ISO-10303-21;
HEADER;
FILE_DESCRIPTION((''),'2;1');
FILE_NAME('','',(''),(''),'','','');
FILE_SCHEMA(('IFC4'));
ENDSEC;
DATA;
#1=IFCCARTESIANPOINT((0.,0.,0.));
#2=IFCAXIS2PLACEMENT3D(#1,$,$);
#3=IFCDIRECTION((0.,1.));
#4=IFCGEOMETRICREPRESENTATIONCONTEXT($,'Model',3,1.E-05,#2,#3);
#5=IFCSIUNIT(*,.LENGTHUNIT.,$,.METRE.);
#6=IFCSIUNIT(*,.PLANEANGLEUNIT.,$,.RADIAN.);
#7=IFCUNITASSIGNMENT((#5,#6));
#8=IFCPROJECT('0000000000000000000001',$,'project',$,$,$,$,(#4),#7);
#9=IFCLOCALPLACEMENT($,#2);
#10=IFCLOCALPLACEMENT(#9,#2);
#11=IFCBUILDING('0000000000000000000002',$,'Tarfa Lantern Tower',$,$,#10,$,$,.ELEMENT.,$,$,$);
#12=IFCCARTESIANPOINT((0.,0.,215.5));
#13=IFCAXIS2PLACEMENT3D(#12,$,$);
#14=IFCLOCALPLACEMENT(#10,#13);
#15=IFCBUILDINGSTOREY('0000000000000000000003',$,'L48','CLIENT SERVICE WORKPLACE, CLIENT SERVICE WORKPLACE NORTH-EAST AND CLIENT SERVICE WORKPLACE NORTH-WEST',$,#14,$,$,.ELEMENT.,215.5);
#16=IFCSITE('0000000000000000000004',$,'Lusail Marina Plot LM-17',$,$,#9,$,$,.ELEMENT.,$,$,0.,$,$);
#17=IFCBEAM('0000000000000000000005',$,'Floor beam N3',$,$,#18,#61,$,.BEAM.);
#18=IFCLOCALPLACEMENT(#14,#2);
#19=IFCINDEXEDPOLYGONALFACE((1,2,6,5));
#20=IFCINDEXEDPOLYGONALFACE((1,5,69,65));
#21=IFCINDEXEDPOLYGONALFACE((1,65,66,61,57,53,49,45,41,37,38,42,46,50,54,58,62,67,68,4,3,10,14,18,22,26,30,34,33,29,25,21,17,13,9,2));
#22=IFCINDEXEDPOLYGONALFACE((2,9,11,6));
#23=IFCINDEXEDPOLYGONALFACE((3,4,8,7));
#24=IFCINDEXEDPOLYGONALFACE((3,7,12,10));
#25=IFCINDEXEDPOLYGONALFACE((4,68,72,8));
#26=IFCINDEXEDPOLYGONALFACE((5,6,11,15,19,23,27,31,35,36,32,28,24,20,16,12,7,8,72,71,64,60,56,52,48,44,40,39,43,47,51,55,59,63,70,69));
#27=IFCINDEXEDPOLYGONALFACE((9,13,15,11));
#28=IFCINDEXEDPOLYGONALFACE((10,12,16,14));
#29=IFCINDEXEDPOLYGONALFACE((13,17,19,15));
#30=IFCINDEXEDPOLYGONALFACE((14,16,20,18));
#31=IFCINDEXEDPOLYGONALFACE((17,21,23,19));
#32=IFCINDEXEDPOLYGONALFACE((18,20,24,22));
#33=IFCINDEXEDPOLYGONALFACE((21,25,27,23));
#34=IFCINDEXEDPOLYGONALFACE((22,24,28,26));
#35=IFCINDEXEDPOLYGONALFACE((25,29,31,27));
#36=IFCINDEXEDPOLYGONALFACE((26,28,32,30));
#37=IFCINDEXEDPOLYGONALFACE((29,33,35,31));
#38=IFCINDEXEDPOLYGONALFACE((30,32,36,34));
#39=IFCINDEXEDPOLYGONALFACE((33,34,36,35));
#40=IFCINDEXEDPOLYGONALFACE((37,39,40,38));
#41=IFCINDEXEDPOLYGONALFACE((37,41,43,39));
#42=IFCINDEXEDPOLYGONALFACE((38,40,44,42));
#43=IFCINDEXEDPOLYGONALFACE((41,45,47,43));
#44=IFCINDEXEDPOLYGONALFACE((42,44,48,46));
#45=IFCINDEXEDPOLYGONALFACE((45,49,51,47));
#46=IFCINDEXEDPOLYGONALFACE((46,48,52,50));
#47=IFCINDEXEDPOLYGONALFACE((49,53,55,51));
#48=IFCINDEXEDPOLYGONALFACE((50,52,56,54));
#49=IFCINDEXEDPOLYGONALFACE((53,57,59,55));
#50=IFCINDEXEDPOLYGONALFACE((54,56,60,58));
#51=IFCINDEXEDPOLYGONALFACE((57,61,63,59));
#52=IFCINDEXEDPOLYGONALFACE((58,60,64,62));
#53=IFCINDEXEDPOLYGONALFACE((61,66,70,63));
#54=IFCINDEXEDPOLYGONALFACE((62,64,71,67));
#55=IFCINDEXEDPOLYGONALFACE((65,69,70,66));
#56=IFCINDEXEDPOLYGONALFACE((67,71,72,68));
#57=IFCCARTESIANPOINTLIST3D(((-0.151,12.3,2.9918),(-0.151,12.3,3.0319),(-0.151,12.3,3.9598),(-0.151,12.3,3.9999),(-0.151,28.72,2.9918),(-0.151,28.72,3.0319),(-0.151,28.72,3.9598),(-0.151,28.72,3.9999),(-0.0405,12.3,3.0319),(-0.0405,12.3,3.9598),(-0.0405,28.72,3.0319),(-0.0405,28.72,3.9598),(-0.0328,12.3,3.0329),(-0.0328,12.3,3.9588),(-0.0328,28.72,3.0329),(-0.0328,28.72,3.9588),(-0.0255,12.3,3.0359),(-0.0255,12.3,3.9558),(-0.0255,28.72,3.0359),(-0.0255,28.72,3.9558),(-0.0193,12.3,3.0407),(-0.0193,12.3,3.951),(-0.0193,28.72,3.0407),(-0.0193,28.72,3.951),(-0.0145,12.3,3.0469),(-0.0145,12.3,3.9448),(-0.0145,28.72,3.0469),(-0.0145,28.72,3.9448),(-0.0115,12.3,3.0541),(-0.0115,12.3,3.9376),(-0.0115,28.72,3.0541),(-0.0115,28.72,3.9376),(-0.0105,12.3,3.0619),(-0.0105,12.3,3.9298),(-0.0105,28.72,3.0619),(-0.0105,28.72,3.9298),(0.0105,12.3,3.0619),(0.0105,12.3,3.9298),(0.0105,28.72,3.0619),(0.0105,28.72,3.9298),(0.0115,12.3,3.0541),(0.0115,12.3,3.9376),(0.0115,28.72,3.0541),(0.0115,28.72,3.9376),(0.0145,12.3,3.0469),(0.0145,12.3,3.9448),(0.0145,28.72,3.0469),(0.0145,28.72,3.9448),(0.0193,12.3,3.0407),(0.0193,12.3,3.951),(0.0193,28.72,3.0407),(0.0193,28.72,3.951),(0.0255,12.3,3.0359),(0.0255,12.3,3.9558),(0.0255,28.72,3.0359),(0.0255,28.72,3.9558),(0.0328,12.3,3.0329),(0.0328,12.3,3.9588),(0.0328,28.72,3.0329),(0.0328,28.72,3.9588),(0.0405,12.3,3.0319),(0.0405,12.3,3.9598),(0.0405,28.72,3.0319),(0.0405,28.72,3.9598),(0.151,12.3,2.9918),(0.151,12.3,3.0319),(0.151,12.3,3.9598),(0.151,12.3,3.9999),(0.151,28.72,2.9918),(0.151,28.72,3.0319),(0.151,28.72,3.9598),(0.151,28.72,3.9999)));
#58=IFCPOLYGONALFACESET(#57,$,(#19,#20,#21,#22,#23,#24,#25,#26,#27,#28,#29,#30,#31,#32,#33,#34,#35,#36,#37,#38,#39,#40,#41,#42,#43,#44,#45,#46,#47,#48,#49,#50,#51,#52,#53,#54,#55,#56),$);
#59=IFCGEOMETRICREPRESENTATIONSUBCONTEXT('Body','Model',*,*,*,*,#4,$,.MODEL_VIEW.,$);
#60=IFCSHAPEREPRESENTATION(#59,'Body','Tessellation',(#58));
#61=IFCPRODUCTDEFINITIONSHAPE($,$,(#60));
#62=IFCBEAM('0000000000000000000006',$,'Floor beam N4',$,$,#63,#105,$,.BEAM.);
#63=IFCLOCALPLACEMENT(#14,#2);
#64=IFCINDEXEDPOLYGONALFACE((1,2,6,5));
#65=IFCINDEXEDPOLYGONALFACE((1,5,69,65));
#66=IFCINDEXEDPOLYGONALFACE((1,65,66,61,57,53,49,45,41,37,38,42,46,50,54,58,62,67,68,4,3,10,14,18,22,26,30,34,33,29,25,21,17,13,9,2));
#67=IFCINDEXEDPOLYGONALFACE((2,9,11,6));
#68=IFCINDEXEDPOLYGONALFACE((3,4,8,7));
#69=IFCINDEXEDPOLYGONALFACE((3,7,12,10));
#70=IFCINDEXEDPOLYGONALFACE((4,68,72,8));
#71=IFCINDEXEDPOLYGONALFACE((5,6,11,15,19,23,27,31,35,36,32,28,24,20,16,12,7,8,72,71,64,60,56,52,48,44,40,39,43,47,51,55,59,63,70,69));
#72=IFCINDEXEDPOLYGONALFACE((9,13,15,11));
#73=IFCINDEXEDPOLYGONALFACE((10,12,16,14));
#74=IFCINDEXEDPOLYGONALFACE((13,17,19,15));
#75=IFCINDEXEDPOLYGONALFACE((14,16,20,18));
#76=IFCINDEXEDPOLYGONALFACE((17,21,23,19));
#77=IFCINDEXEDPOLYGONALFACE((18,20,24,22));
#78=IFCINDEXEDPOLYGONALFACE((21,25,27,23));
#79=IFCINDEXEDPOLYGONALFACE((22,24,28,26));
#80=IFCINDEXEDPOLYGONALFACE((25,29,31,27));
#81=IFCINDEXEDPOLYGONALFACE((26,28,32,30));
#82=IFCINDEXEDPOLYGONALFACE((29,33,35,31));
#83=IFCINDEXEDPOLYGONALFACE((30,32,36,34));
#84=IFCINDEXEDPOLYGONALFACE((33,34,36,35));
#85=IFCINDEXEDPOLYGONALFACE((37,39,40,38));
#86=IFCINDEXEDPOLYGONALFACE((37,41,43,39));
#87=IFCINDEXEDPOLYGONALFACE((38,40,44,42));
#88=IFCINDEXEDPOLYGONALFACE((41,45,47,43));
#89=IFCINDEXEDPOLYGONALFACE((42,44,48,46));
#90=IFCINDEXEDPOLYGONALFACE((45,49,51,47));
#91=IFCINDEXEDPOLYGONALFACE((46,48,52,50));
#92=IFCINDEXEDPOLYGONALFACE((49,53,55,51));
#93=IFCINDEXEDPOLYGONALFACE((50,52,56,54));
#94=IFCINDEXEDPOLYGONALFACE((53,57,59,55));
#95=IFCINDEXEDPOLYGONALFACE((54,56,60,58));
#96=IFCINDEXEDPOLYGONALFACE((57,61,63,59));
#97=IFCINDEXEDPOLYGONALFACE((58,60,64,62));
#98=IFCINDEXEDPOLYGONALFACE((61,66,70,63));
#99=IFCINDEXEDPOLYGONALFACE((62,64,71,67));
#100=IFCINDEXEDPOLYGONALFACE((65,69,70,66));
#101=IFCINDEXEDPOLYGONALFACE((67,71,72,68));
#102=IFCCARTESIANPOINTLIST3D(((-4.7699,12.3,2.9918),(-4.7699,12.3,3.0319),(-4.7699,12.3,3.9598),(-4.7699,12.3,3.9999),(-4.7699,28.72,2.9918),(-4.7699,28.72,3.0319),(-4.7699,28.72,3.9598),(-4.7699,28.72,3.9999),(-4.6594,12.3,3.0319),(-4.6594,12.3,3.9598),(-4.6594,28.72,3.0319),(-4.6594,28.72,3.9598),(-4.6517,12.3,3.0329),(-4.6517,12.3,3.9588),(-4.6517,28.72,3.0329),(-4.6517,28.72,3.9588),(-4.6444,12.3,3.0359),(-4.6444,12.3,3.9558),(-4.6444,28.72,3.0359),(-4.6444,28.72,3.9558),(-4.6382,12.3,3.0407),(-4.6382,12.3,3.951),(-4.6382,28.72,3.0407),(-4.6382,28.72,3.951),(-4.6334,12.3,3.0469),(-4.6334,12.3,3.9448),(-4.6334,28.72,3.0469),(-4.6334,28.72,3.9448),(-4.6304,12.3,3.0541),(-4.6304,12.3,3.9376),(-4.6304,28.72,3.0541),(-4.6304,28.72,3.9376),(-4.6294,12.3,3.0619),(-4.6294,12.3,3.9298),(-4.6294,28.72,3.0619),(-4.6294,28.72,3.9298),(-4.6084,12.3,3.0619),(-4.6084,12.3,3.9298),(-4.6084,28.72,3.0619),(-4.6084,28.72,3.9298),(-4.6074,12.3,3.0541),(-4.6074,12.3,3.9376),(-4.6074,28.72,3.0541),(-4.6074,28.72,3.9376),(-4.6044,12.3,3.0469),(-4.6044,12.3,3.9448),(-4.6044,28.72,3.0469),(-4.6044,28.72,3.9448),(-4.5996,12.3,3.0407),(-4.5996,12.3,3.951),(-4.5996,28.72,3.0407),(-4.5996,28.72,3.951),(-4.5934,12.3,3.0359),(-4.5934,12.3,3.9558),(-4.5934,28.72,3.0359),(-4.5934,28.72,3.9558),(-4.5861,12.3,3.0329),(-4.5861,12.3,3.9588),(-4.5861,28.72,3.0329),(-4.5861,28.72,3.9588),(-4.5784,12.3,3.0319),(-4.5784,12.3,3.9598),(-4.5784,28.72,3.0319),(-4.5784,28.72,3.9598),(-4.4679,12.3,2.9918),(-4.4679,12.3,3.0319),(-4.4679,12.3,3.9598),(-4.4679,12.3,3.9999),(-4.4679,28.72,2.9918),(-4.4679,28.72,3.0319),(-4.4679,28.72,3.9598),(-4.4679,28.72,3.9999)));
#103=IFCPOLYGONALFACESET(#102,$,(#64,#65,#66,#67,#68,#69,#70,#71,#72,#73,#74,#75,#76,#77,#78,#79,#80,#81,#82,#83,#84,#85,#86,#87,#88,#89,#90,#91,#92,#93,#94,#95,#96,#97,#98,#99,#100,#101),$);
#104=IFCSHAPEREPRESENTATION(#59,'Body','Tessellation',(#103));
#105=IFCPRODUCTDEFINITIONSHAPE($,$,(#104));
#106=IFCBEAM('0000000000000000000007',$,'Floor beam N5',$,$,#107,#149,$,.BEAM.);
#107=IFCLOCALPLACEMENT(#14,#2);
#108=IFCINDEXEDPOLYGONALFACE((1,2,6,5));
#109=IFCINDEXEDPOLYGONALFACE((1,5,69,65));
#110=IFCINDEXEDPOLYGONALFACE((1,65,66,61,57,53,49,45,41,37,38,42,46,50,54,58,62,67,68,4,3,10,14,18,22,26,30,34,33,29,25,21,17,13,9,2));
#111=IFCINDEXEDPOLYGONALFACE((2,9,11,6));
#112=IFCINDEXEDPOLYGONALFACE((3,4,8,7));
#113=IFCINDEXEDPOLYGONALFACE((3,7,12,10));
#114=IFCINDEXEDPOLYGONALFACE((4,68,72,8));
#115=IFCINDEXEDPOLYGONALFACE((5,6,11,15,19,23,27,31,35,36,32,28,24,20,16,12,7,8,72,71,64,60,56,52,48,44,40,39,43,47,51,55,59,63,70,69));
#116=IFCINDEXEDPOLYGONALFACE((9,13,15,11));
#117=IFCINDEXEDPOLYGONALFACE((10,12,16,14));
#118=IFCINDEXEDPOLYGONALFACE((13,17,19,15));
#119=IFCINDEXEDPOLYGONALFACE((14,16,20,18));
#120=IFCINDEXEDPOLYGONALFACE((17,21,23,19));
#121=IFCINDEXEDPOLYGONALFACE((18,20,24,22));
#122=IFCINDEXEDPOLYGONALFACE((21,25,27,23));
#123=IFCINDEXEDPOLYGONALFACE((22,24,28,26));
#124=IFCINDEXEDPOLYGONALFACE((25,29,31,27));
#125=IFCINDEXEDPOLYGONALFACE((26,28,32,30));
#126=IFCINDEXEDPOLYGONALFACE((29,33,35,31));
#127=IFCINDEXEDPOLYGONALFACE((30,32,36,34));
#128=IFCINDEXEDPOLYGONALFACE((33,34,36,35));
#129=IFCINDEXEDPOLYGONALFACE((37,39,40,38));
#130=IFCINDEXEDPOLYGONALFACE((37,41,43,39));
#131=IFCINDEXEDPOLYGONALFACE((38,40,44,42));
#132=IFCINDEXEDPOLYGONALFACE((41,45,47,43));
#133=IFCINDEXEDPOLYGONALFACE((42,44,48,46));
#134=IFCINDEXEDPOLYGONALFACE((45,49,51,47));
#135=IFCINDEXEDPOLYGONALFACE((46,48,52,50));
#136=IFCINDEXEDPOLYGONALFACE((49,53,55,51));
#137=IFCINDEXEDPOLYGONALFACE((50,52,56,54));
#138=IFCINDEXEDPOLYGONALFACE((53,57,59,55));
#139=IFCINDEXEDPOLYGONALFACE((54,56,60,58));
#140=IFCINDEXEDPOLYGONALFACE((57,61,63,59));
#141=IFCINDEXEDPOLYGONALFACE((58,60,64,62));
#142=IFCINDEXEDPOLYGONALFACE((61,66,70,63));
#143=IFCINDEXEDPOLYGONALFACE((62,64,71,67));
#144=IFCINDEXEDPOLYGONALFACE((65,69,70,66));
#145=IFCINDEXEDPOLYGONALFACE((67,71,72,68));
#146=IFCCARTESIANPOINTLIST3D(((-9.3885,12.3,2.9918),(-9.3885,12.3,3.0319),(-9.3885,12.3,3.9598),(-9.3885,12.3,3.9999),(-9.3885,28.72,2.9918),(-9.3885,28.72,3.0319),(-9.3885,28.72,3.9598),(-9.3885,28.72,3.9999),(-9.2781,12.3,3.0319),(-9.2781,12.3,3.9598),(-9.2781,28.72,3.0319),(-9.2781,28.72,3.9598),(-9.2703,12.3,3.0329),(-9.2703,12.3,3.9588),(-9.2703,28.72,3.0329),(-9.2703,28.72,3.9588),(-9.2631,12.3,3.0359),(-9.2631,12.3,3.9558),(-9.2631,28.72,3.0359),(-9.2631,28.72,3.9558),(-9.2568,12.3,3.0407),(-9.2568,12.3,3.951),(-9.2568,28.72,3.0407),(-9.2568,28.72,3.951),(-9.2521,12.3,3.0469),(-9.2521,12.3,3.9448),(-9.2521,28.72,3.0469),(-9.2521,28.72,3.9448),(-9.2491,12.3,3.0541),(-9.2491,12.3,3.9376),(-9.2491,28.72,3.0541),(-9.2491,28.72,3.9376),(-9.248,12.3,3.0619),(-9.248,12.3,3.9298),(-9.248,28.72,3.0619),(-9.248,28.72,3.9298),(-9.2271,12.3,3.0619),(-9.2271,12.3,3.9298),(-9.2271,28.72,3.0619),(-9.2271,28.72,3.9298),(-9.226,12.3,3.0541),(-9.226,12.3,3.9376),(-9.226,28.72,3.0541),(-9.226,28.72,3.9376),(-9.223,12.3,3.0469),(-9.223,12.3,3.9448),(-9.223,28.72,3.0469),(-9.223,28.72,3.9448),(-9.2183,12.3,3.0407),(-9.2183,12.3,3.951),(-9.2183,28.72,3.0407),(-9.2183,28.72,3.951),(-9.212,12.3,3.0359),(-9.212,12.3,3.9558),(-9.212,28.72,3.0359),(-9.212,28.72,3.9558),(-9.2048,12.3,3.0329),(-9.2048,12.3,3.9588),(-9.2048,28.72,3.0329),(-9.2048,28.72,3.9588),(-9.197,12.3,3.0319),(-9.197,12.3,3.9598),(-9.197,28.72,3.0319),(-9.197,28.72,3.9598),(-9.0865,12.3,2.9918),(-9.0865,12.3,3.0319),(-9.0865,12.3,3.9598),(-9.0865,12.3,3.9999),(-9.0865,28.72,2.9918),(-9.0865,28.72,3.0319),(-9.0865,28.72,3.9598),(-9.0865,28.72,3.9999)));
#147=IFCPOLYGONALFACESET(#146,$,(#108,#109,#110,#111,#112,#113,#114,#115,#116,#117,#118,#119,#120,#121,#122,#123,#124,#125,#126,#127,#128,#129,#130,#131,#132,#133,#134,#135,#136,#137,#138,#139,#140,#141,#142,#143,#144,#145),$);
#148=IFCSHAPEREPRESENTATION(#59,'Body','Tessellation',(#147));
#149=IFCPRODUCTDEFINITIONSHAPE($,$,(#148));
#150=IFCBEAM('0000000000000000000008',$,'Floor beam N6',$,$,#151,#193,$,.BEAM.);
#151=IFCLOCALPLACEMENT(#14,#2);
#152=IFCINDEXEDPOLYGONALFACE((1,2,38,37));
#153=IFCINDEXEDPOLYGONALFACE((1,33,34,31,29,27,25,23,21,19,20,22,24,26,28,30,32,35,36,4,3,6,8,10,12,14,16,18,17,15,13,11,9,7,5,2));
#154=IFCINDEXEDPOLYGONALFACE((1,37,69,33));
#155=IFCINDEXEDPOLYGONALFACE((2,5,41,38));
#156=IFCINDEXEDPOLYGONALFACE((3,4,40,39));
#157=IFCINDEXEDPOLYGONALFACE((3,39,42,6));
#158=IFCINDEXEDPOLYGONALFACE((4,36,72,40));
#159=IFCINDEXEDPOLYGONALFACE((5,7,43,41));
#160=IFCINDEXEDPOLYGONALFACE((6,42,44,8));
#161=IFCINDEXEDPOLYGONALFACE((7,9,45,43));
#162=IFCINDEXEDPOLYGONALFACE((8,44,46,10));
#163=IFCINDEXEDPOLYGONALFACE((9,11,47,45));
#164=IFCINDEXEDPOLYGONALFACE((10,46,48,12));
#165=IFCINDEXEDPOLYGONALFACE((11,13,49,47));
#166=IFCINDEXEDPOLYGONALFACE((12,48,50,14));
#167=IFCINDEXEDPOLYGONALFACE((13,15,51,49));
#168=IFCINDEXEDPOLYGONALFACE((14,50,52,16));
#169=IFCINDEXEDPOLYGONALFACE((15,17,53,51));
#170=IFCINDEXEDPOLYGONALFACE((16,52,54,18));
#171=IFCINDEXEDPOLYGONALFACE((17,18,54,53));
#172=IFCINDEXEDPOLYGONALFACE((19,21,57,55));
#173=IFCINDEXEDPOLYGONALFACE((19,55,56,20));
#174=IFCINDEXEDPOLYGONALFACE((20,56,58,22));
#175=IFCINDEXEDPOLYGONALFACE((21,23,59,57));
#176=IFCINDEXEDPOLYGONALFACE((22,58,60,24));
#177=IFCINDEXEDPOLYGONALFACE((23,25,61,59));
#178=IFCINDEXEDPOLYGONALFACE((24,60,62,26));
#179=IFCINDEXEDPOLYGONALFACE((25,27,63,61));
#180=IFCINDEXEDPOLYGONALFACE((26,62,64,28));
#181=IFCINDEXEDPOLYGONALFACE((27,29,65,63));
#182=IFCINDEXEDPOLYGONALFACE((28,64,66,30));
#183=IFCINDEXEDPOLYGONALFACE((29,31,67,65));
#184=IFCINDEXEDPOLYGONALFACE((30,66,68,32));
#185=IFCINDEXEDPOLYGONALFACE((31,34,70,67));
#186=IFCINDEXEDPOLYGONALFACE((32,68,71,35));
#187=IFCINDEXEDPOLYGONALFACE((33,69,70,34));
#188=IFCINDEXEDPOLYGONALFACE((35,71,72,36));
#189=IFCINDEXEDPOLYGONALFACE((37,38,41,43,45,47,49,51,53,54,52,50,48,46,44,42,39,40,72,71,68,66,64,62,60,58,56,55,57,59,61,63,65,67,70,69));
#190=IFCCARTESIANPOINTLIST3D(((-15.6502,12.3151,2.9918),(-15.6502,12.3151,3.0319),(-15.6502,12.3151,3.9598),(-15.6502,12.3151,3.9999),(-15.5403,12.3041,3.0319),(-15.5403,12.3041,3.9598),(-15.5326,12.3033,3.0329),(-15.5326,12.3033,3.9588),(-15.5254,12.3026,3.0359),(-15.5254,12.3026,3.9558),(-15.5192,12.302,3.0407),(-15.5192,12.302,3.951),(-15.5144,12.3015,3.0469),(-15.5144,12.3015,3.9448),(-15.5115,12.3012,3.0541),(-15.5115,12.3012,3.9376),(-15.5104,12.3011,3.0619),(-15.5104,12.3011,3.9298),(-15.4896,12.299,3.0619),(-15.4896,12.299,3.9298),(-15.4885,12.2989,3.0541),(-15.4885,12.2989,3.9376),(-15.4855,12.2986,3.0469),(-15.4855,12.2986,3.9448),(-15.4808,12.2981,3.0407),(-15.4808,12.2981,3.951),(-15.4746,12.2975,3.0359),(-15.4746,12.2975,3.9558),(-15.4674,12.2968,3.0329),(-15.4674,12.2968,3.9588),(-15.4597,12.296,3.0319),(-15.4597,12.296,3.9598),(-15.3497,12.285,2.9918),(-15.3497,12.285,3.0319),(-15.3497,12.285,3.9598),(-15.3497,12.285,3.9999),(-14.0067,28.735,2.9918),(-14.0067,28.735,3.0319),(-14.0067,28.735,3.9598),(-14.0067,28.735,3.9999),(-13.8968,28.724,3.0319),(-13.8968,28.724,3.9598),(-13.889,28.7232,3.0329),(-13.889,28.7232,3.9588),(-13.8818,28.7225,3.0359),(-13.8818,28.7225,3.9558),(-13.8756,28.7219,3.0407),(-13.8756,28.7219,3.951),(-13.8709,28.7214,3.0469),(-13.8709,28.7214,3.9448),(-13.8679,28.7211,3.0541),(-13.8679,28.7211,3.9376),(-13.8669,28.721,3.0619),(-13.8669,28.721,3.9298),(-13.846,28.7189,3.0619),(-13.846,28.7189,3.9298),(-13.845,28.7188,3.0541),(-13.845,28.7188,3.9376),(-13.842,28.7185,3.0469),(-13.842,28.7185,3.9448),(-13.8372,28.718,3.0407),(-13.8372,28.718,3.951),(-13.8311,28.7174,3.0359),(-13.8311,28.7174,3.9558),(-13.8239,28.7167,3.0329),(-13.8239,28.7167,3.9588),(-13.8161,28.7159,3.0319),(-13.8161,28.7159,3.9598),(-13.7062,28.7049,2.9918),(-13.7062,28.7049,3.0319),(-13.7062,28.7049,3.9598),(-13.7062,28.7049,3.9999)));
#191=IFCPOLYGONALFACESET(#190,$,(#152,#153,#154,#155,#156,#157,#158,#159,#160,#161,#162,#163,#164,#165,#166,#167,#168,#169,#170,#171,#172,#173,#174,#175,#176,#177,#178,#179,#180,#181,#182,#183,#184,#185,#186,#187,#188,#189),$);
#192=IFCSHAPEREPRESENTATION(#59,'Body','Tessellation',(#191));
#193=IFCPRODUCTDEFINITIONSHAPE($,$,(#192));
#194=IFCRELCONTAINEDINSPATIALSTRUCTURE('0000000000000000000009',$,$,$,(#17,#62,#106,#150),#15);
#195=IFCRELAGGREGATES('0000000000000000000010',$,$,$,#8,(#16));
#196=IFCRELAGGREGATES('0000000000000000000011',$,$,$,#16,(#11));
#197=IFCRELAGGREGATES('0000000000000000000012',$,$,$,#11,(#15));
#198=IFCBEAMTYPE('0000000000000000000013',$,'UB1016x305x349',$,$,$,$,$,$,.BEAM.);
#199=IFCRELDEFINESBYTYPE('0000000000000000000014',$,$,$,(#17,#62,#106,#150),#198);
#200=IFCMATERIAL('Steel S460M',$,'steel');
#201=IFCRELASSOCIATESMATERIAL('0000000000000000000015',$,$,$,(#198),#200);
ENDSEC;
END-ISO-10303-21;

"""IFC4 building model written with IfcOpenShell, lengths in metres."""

from ifc_helpers import new_model, si_unit, direction, frame, origin, origin_2d, place, context, subcontext, project, spatial, i_section, extrude, material, material_profile, profile_set, type_object, element, save


model = new_model("IFC4")

# Units and contexts
model_context = context("Model", 3, precision=1e-05, world=origin(), true_north=direction((0.0, 1.0)))
body_context = subcontext(model_context, "Body", "Model", "MODEL_VIEW")
ifc_project = project(units=[si_unit("LENGTHUNIT", "METRE"), si_unit("PLANEANGLEUNIT", "RADIAN")], contexts=[model_context])

# Site, building, storey
site_placement = place(None, origin())
site = spatial("IfcSite", under=ifc_project, at=site_placement, Name="Lusail Marina Plot LM-17", CompositionType="ELEMENT", RefElevation=0.0)
building_placement = place(site_placement, origin())
building = spatial("IfcBuilding", under=site, at=building_placement, Name="Tarfa Lantern Tower", CompositionType="ELEMENT")
storey_placement = place(building_placement, frame((0.0, 0.0, 215.5)))
storey = spatial("IfcBuildingStorey", under=building, at=storey_placement, Name="L48", Description="CLIENT SERVICE WORKPLACE, CLIENT SERVICE WORKPLACE NORTH-EAST AND CLIENT SERVICE WORKPLACE NORTH-WEST", CompositionType="ELEMENT", Elevation=215.5)

# Shared definitions
ifc_material_1 = material(Name="Steel S460M", Category="steel")

# Beams
ifc_material_profile_1 = material_profile(ifc_material_1, i_section(OverallWidth=0.302, OverallDepth=1.0081, WebThickness=0.021, FlangeThickness=0.04, FilletRadius=0.03, at=origin_2d()), Name="UB1016x305x349")
ifc_profile_set_1 = profile_set([ifc_material_profile_1], Name="Steel S460M")
beam_type_1 = type_object("IfcBeamType", Name="UB1016x305x349", PredefinedType="BEAM", material=ifc_profile_set_1)
for number, where, z_axis, x_axis, name in (
    (1, (0.0, 28.72, 3.4958), (0.0, -1.0, 0.0), (1.0, 0.0, 0.0), "Floor beam N3"),
    (2, (-4.6189, 28.72, 3.4958), (0.0, -1.0, 0.0), (1.0, 0.0, 0.0), "Floor beam N4"),
    (3, (-9.2375, 28.72, 3.4958), (0.0, -1.0, 0.0), (1.0, 0.0, 0.0), "Floor beam N5"),
):
    element("IfcBeam", number, at=place(storey_placement, frame(where, z_axis=z_axis, x_axis=x_axis)), inside=storey, type_object=beam_type_1, Name=name, PredefinedType="BEAM", context=body_context, shape_type="SweptSolid", body=[
        extrude(i_section(OverallWidth=0.302, OverallDepth=1.0081, WebThickness=0.021, FlangeThickness=0.04, FilletRadius=0.03, at=origin_2d()), origin(), (0.0, 0.0, 1.0), 16.4199),
    ])
beam_1_placement = place(storey_placement, frame((-13.8564, 28.72, 3.4958), z_axis=(-0.099597, -0.995028, 0.0), x_axis=(0.995028, -0.099597, 0.0)))
element("IfcBeam", 4, at=beam_1_placement, inside=storey, type_object=beam_type_1, Name="Floor beam N6", PredefinedType="BEAM", context=body_context, shape_type="SweptSolid", body=[
    extrude(i_section(OverallWidth=0.302, OverallDepth=1.0081, WebThickness=0.021, FlangeThickness=0.04, FilletRadius=0.03, at=origin_2d()), origin(), (0.0, 0.0, 1.0), 16.502),
])

save(model, "model.ifc")
